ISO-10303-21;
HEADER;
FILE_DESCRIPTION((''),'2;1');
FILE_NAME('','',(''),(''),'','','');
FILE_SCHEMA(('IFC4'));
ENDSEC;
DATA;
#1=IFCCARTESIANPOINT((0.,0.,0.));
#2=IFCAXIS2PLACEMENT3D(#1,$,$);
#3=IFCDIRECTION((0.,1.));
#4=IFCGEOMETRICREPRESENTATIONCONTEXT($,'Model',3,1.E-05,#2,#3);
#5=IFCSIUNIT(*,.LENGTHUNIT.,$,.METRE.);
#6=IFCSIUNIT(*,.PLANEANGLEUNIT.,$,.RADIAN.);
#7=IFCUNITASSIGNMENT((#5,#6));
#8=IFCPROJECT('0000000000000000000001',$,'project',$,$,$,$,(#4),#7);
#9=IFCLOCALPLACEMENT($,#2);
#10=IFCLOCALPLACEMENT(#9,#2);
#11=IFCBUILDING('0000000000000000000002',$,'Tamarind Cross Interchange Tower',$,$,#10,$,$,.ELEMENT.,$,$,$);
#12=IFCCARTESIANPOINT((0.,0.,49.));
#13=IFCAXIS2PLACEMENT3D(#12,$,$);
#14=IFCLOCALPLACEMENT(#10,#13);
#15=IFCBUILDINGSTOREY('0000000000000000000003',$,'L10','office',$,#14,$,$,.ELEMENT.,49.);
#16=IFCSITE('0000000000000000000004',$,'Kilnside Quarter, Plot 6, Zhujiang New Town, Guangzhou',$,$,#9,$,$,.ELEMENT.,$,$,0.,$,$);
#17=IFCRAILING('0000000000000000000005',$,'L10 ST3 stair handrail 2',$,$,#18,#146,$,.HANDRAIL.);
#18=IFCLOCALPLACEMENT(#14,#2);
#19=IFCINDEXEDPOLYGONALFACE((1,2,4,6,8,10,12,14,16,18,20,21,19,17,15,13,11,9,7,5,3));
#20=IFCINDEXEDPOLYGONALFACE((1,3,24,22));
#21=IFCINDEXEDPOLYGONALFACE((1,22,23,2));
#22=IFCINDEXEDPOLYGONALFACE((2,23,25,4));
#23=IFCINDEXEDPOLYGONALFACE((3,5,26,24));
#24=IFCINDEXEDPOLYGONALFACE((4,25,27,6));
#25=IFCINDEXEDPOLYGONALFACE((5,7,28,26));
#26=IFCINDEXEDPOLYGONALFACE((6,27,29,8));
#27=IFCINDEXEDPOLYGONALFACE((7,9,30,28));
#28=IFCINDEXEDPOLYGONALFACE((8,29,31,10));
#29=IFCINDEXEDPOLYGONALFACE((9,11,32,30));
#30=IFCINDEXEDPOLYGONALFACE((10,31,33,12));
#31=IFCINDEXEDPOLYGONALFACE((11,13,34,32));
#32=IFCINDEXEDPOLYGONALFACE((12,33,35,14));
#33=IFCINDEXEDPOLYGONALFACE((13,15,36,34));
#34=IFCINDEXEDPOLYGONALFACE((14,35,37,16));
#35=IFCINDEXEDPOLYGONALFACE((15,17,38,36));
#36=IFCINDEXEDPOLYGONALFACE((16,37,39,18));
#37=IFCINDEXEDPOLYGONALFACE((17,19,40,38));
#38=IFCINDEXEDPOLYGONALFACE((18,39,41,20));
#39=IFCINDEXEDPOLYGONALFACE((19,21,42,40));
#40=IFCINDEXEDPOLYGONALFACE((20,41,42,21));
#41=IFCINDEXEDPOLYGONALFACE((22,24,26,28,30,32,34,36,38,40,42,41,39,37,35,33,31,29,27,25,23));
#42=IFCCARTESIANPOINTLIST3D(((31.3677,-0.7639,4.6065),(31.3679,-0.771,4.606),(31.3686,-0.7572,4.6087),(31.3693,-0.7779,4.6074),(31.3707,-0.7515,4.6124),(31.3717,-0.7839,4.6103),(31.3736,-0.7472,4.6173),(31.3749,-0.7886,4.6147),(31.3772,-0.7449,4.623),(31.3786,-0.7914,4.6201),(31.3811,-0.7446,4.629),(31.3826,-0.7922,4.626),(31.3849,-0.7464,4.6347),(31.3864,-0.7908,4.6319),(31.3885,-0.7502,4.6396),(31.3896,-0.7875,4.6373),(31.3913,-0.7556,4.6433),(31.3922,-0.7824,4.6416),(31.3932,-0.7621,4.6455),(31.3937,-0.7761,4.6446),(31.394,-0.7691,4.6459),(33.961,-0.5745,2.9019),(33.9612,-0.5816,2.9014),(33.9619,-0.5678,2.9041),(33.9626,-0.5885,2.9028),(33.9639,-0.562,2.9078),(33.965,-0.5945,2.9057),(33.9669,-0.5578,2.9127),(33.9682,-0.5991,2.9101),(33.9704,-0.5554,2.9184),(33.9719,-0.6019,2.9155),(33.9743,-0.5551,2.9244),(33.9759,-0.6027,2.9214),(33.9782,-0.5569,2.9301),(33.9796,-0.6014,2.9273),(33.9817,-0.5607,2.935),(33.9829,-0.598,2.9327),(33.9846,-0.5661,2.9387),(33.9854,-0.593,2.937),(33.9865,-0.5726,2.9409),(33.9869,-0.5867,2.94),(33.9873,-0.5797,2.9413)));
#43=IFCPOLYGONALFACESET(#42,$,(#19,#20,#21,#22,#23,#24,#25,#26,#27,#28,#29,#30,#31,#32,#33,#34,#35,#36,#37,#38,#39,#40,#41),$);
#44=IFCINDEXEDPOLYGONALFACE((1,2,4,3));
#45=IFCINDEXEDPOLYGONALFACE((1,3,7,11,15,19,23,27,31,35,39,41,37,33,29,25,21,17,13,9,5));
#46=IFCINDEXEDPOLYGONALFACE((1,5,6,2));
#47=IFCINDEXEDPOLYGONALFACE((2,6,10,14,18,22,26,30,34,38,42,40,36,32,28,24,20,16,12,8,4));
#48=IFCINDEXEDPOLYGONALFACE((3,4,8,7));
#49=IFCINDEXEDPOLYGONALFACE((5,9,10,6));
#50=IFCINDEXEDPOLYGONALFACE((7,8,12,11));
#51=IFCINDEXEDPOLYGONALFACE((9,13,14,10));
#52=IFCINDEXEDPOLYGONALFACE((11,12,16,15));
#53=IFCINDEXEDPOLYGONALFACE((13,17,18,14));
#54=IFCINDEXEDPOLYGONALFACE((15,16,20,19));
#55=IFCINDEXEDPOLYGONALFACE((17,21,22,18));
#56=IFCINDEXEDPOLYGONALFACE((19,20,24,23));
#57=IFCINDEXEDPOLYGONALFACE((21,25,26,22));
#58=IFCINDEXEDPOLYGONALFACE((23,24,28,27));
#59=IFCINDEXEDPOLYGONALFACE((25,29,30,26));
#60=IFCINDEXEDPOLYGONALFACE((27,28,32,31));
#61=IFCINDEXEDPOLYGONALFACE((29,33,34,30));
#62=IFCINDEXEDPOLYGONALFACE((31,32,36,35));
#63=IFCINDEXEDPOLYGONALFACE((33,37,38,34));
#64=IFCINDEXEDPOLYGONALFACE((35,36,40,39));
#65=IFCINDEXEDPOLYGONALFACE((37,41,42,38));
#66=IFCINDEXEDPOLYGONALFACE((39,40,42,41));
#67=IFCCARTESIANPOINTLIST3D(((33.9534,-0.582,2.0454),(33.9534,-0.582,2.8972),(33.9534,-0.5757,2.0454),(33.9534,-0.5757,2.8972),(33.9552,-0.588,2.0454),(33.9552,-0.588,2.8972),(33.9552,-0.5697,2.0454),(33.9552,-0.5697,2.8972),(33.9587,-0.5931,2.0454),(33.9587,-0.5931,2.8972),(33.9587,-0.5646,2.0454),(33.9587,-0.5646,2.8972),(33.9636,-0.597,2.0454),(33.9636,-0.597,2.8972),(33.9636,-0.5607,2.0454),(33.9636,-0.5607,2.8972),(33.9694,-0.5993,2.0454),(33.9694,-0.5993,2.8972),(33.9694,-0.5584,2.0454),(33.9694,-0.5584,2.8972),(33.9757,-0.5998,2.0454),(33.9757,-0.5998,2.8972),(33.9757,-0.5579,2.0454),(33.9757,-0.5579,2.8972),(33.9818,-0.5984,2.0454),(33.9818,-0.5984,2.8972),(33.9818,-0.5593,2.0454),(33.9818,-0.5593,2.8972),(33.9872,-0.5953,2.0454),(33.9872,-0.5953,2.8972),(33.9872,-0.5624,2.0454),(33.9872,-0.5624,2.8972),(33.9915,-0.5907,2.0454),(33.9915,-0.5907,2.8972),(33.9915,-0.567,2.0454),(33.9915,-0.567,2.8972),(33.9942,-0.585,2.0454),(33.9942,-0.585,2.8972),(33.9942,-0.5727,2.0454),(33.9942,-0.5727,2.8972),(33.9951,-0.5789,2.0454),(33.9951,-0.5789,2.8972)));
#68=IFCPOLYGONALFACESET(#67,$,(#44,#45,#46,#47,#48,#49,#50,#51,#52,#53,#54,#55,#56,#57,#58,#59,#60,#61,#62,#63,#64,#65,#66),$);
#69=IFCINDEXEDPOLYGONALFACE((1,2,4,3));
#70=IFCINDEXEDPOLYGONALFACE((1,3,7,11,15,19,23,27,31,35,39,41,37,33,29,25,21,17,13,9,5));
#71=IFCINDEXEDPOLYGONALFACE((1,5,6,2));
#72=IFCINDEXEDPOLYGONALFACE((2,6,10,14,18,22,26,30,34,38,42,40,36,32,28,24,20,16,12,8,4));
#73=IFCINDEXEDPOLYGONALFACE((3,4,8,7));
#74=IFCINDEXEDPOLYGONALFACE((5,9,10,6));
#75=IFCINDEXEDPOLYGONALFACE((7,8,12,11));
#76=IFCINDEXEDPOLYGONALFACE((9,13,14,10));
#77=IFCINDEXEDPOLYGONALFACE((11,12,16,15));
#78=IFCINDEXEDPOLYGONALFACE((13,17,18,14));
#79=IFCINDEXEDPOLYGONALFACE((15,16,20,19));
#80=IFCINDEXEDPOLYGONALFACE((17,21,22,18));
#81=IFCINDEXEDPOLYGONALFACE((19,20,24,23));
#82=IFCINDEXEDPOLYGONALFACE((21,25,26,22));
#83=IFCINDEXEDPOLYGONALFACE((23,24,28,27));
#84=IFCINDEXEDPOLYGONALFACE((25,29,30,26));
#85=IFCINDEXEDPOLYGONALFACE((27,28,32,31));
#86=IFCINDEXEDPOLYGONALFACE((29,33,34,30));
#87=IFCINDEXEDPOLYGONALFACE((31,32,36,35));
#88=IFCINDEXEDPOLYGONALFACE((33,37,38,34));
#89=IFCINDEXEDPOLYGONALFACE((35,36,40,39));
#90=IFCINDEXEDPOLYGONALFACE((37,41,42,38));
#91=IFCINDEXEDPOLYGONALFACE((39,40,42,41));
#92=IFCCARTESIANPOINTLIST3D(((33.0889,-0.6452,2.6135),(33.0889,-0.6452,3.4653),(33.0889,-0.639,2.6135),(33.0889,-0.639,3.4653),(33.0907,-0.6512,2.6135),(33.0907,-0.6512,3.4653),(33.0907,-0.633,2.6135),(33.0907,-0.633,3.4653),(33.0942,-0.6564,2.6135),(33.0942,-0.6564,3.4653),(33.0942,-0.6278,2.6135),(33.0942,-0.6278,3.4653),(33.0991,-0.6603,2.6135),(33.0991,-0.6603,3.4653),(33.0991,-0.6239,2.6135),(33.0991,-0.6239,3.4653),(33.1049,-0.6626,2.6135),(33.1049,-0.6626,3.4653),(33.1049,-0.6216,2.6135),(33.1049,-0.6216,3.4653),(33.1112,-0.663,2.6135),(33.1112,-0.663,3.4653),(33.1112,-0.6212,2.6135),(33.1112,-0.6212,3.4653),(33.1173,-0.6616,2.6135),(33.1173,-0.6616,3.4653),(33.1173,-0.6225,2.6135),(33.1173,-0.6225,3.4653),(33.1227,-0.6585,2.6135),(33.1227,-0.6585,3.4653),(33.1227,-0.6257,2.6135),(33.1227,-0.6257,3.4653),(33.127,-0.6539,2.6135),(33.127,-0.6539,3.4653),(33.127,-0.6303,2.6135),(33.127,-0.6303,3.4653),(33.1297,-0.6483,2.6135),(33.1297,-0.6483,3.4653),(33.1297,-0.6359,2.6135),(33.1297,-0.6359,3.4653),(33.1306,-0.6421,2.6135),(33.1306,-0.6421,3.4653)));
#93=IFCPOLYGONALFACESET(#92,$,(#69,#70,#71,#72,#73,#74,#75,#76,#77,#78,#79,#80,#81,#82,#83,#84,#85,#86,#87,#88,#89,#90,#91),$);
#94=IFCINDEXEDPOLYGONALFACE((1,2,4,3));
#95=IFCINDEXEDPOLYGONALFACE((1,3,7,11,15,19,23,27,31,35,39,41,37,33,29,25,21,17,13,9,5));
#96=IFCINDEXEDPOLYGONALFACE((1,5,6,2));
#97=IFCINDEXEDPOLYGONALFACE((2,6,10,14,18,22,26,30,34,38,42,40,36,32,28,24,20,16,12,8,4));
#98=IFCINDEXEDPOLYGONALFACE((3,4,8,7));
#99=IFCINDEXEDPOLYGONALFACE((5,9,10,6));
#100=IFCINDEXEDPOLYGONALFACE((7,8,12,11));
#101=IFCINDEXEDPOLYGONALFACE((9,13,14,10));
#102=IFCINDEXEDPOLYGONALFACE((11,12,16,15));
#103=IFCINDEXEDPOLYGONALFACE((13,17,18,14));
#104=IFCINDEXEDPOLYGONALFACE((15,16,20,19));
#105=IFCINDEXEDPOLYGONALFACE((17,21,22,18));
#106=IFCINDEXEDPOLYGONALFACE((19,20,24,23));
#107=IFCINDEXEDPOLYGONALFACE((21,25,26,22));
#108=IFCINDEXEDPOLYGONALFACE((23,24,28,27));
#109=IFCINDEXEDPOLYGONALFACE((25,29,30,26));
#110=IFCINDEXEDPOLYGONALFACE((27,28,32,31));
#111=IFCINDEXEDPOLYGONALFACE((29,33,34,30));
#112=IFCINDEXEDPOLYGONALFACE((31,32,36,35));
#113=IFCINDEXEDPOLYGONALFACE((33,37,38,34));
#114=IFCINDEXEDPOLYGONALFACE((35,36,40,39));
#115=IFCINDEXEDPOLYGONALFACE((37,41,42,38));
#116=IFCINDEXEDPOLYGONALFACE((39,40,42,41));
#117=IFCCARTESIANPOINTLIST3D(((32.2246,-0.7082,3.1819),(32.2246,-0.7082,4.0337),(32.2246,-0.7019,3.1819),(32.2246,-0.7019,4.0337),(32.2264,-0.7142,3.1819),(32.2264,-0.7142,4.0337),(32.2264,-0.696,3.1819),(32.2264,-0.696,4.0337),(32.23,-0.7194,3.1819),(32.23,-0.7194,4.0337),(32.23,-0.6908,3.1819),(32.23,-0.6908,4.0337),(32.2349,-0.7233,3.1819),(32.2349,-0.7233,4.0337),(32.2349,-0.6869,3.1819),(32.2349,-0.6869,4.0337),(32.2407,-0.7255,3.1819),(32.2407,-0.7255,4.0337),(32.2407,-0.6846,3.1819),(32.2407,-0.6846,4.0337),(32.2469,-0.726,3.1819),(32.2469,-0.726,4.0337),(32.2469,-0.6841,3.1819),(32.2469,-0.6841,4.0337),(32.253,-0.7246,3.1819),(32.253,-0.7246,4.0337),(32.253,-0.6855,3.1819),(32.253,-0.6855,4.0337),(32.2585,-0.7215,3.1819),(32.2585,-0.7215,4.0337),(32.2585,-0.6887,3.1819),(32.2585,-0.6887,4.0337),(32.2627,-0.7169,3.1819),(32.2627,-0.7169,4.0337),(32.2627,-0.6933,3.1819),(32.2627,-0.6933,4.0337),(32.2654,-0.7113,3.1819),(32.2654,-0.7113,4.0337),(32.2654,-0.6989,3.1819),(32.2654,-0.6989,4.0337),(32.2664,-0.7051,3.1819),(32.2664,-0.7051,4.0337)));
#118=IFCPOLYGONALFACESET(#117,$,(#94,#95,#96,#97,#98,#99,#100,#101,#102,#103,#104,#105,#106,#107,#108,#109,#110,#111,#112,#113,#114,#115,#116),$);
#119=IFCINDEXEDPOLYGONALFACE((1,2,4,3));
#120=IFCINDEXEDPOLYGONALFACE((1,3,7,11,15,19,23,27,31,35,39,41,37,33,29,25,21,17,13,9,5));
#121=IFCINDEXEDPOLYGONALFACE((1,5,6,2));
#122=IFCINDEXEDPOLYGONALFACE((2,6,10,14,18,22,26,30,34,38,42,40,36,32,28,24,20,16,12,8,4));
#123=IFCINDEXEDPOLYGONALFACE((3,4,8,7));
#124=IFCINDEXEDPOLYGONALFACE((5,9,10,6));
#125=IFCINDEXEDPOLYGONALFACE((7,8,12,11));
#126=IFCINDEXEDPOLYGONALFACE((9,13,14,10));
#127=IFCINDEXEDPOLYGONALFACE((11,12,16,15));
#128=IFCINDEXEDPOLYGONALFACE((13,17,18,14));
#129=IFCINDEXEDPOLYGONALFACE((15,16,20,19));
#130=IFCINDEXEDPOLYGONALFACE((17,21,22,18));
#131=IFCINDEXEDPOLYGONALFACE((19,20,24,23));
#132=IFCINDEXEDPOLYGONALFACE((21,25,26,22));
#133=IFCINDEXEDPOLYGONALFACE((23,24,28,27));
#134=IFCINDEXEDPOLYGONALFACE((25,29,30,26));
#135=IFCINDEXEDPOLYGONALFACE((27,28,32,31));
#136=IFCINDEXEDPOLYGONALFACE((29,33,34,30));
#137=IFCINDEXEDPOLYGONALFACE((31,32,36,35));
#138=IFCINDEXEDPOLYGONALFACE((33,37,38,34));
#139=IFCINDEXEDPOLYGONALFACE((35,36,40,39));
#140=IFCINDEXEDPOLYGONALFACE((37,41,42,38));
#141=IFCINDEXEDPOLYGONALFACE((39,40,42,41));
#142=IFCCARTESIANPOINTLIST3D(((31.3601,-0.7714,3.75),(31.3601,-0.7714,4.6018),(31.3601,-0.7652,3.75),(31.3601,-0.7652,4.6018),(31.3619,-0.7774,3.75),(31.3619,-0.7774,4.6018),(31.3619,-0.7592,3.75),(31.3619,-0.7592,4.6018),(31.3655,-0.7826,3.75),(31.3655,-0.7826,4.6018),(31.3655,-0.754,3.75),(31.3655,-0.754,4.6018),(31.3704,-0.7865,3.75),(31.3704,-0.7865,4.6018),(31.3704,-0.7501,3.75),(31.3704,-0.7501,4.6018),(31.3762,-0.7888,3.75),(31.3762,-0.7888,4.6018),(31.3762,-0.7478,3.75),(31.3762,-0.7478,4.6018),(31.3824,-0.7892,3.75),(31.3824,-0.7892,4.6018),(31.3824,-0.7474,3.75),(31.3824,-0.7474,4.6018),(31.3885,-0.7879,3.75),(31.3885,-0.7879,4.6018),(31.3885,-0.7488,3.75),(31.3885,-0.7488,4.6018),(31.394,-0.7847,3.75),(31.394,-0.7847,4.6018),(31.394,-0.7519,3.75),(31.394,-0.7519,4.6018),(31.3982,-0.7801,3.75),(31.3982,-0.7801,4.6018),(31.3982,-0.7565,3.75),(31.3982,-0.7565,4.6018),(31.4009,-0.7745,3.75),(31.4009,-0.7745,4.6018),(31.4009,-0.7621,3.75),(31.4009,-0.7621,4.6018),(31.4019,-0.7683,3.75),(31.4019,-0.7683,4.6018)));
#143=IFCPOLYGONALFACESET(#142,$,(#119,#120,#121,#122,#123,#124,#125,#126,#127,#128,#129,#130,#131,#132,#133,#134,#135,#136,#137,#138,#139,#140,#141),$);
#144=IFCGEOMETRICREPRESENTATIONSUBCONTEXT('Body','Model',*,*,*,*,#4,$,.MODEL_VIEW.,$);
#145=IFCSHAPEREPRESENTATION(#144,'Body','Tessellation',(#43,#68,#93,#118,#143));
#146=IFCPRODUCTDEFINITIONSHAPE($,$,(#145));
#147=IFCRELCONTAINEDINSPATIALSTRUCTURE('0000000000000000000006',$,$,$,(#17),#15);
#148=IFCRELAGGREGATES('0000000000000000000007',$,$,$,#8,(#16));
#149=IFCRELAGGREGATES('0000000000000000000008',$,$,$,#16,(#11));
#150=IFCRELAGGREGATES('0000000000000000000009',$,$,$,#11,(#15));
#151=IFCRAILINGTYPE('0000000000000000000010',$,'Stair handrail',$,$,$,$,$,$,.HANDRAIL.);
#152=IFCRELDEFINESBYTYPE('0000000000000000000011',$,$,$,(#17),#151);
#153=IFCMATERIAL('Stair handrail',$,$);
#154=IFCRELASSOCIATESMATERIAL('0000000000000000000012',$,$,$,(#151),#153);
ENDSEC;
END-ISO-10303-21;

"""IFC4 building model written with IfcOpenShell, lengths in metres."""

from ifc_helpers import new_model, si_unit, direction, frame, origin, origin_2d, place, context, subcontext, project, spatial, circle, extrude, material, type_object, element, save


model = new_model("IFC4")

# Units and contexts
model_context = context("Model", 3, precision=1e-05, world=origin(), true_north=direction((0.0, 1.0)))
body_context = subcontext(model_context, "Body", "Model", "MODEL_VIEW")
ifc_project = project(units=[si_unit("LENGTHUNIT", "METRE"), si_unit("PLANEANGLEUNIT", "RADIAN")], contexts=[model_context])

# Site, building, storey
site_placement = place(None, origin())
site = spatial("IfcSite", under=ifc_project, at=site_placement, Name="Kilnside Quarter, Plot 6, Zhujiang New Town, Guangzhou", CompositionType="ELEMENT", RefElevation=0.0)
building_placement = place(site_placement, origin())
building = spatial("IfcBuilding", under=site, at=building_placement, Name="Tamarind Cross Interchange Tower", CompositionType="ELEMENT")
storey_placement = place(building_placement, frame((0.0, 0.0, 49.0)))
storey = spatial("IfcBuildingStorey", under=building, at=storey_placement, Name="L10", Description="office", CompositionType="ELEMENT", Elevation=49.0)

# Railing
ifc_material_1 = material(Name="Stair handrail")
railing_type_1 = type_object("IfcRailingType", Name="Stair handrail", PredefinedType="HANDRAIL", material=ifc_material_1)
railing_1_placement = place(storey_placement, frame((33.9741, -0.5789, 2.0454)))
element("IfcRailing", 1, at=railing_1_placement, inside=storey, type_object=railing_type_1, Name="L10 ST3 stair handrail 2", PredefinedType="HANDRAIL", context=body_context, shape_type="SweptSolid", body=[
    extrude(circle(Radius=0.0239, at=origin_2d()), frame((0.0, 0.0, 0.876), z_axis=(-0.834087, -0.060935, 0.548258), x_axis=(0.072862, -0.997342, 0.0)), (0.0, 0.0, 1.0), 3.1091),
    extrude(circle(Radius=0.021, at=origin_2d()), origin(), (0.0, 0.0, 1.0), 0.8518),
    extrude(circle(Radius=0.021, at=origin_2d()), frame((-0.8645, -0.0632, 0.5681)), (0.0, 0.0, 1.0), 0.8518),
    extrude(circle(Radius=0.021, at=origin_2d()), frame((-1.7288, -0.1262, 1.1365)), (0.0, 0.0, 1.0), 0.8518),
    extrude(circle(Radius=0.021, at=origin_2d()), frame((-2.5933, -0.1895, 1.7046)), (0.0, 0.0, 1.0), 0.8518),
])

save(model, "model.ifc")
